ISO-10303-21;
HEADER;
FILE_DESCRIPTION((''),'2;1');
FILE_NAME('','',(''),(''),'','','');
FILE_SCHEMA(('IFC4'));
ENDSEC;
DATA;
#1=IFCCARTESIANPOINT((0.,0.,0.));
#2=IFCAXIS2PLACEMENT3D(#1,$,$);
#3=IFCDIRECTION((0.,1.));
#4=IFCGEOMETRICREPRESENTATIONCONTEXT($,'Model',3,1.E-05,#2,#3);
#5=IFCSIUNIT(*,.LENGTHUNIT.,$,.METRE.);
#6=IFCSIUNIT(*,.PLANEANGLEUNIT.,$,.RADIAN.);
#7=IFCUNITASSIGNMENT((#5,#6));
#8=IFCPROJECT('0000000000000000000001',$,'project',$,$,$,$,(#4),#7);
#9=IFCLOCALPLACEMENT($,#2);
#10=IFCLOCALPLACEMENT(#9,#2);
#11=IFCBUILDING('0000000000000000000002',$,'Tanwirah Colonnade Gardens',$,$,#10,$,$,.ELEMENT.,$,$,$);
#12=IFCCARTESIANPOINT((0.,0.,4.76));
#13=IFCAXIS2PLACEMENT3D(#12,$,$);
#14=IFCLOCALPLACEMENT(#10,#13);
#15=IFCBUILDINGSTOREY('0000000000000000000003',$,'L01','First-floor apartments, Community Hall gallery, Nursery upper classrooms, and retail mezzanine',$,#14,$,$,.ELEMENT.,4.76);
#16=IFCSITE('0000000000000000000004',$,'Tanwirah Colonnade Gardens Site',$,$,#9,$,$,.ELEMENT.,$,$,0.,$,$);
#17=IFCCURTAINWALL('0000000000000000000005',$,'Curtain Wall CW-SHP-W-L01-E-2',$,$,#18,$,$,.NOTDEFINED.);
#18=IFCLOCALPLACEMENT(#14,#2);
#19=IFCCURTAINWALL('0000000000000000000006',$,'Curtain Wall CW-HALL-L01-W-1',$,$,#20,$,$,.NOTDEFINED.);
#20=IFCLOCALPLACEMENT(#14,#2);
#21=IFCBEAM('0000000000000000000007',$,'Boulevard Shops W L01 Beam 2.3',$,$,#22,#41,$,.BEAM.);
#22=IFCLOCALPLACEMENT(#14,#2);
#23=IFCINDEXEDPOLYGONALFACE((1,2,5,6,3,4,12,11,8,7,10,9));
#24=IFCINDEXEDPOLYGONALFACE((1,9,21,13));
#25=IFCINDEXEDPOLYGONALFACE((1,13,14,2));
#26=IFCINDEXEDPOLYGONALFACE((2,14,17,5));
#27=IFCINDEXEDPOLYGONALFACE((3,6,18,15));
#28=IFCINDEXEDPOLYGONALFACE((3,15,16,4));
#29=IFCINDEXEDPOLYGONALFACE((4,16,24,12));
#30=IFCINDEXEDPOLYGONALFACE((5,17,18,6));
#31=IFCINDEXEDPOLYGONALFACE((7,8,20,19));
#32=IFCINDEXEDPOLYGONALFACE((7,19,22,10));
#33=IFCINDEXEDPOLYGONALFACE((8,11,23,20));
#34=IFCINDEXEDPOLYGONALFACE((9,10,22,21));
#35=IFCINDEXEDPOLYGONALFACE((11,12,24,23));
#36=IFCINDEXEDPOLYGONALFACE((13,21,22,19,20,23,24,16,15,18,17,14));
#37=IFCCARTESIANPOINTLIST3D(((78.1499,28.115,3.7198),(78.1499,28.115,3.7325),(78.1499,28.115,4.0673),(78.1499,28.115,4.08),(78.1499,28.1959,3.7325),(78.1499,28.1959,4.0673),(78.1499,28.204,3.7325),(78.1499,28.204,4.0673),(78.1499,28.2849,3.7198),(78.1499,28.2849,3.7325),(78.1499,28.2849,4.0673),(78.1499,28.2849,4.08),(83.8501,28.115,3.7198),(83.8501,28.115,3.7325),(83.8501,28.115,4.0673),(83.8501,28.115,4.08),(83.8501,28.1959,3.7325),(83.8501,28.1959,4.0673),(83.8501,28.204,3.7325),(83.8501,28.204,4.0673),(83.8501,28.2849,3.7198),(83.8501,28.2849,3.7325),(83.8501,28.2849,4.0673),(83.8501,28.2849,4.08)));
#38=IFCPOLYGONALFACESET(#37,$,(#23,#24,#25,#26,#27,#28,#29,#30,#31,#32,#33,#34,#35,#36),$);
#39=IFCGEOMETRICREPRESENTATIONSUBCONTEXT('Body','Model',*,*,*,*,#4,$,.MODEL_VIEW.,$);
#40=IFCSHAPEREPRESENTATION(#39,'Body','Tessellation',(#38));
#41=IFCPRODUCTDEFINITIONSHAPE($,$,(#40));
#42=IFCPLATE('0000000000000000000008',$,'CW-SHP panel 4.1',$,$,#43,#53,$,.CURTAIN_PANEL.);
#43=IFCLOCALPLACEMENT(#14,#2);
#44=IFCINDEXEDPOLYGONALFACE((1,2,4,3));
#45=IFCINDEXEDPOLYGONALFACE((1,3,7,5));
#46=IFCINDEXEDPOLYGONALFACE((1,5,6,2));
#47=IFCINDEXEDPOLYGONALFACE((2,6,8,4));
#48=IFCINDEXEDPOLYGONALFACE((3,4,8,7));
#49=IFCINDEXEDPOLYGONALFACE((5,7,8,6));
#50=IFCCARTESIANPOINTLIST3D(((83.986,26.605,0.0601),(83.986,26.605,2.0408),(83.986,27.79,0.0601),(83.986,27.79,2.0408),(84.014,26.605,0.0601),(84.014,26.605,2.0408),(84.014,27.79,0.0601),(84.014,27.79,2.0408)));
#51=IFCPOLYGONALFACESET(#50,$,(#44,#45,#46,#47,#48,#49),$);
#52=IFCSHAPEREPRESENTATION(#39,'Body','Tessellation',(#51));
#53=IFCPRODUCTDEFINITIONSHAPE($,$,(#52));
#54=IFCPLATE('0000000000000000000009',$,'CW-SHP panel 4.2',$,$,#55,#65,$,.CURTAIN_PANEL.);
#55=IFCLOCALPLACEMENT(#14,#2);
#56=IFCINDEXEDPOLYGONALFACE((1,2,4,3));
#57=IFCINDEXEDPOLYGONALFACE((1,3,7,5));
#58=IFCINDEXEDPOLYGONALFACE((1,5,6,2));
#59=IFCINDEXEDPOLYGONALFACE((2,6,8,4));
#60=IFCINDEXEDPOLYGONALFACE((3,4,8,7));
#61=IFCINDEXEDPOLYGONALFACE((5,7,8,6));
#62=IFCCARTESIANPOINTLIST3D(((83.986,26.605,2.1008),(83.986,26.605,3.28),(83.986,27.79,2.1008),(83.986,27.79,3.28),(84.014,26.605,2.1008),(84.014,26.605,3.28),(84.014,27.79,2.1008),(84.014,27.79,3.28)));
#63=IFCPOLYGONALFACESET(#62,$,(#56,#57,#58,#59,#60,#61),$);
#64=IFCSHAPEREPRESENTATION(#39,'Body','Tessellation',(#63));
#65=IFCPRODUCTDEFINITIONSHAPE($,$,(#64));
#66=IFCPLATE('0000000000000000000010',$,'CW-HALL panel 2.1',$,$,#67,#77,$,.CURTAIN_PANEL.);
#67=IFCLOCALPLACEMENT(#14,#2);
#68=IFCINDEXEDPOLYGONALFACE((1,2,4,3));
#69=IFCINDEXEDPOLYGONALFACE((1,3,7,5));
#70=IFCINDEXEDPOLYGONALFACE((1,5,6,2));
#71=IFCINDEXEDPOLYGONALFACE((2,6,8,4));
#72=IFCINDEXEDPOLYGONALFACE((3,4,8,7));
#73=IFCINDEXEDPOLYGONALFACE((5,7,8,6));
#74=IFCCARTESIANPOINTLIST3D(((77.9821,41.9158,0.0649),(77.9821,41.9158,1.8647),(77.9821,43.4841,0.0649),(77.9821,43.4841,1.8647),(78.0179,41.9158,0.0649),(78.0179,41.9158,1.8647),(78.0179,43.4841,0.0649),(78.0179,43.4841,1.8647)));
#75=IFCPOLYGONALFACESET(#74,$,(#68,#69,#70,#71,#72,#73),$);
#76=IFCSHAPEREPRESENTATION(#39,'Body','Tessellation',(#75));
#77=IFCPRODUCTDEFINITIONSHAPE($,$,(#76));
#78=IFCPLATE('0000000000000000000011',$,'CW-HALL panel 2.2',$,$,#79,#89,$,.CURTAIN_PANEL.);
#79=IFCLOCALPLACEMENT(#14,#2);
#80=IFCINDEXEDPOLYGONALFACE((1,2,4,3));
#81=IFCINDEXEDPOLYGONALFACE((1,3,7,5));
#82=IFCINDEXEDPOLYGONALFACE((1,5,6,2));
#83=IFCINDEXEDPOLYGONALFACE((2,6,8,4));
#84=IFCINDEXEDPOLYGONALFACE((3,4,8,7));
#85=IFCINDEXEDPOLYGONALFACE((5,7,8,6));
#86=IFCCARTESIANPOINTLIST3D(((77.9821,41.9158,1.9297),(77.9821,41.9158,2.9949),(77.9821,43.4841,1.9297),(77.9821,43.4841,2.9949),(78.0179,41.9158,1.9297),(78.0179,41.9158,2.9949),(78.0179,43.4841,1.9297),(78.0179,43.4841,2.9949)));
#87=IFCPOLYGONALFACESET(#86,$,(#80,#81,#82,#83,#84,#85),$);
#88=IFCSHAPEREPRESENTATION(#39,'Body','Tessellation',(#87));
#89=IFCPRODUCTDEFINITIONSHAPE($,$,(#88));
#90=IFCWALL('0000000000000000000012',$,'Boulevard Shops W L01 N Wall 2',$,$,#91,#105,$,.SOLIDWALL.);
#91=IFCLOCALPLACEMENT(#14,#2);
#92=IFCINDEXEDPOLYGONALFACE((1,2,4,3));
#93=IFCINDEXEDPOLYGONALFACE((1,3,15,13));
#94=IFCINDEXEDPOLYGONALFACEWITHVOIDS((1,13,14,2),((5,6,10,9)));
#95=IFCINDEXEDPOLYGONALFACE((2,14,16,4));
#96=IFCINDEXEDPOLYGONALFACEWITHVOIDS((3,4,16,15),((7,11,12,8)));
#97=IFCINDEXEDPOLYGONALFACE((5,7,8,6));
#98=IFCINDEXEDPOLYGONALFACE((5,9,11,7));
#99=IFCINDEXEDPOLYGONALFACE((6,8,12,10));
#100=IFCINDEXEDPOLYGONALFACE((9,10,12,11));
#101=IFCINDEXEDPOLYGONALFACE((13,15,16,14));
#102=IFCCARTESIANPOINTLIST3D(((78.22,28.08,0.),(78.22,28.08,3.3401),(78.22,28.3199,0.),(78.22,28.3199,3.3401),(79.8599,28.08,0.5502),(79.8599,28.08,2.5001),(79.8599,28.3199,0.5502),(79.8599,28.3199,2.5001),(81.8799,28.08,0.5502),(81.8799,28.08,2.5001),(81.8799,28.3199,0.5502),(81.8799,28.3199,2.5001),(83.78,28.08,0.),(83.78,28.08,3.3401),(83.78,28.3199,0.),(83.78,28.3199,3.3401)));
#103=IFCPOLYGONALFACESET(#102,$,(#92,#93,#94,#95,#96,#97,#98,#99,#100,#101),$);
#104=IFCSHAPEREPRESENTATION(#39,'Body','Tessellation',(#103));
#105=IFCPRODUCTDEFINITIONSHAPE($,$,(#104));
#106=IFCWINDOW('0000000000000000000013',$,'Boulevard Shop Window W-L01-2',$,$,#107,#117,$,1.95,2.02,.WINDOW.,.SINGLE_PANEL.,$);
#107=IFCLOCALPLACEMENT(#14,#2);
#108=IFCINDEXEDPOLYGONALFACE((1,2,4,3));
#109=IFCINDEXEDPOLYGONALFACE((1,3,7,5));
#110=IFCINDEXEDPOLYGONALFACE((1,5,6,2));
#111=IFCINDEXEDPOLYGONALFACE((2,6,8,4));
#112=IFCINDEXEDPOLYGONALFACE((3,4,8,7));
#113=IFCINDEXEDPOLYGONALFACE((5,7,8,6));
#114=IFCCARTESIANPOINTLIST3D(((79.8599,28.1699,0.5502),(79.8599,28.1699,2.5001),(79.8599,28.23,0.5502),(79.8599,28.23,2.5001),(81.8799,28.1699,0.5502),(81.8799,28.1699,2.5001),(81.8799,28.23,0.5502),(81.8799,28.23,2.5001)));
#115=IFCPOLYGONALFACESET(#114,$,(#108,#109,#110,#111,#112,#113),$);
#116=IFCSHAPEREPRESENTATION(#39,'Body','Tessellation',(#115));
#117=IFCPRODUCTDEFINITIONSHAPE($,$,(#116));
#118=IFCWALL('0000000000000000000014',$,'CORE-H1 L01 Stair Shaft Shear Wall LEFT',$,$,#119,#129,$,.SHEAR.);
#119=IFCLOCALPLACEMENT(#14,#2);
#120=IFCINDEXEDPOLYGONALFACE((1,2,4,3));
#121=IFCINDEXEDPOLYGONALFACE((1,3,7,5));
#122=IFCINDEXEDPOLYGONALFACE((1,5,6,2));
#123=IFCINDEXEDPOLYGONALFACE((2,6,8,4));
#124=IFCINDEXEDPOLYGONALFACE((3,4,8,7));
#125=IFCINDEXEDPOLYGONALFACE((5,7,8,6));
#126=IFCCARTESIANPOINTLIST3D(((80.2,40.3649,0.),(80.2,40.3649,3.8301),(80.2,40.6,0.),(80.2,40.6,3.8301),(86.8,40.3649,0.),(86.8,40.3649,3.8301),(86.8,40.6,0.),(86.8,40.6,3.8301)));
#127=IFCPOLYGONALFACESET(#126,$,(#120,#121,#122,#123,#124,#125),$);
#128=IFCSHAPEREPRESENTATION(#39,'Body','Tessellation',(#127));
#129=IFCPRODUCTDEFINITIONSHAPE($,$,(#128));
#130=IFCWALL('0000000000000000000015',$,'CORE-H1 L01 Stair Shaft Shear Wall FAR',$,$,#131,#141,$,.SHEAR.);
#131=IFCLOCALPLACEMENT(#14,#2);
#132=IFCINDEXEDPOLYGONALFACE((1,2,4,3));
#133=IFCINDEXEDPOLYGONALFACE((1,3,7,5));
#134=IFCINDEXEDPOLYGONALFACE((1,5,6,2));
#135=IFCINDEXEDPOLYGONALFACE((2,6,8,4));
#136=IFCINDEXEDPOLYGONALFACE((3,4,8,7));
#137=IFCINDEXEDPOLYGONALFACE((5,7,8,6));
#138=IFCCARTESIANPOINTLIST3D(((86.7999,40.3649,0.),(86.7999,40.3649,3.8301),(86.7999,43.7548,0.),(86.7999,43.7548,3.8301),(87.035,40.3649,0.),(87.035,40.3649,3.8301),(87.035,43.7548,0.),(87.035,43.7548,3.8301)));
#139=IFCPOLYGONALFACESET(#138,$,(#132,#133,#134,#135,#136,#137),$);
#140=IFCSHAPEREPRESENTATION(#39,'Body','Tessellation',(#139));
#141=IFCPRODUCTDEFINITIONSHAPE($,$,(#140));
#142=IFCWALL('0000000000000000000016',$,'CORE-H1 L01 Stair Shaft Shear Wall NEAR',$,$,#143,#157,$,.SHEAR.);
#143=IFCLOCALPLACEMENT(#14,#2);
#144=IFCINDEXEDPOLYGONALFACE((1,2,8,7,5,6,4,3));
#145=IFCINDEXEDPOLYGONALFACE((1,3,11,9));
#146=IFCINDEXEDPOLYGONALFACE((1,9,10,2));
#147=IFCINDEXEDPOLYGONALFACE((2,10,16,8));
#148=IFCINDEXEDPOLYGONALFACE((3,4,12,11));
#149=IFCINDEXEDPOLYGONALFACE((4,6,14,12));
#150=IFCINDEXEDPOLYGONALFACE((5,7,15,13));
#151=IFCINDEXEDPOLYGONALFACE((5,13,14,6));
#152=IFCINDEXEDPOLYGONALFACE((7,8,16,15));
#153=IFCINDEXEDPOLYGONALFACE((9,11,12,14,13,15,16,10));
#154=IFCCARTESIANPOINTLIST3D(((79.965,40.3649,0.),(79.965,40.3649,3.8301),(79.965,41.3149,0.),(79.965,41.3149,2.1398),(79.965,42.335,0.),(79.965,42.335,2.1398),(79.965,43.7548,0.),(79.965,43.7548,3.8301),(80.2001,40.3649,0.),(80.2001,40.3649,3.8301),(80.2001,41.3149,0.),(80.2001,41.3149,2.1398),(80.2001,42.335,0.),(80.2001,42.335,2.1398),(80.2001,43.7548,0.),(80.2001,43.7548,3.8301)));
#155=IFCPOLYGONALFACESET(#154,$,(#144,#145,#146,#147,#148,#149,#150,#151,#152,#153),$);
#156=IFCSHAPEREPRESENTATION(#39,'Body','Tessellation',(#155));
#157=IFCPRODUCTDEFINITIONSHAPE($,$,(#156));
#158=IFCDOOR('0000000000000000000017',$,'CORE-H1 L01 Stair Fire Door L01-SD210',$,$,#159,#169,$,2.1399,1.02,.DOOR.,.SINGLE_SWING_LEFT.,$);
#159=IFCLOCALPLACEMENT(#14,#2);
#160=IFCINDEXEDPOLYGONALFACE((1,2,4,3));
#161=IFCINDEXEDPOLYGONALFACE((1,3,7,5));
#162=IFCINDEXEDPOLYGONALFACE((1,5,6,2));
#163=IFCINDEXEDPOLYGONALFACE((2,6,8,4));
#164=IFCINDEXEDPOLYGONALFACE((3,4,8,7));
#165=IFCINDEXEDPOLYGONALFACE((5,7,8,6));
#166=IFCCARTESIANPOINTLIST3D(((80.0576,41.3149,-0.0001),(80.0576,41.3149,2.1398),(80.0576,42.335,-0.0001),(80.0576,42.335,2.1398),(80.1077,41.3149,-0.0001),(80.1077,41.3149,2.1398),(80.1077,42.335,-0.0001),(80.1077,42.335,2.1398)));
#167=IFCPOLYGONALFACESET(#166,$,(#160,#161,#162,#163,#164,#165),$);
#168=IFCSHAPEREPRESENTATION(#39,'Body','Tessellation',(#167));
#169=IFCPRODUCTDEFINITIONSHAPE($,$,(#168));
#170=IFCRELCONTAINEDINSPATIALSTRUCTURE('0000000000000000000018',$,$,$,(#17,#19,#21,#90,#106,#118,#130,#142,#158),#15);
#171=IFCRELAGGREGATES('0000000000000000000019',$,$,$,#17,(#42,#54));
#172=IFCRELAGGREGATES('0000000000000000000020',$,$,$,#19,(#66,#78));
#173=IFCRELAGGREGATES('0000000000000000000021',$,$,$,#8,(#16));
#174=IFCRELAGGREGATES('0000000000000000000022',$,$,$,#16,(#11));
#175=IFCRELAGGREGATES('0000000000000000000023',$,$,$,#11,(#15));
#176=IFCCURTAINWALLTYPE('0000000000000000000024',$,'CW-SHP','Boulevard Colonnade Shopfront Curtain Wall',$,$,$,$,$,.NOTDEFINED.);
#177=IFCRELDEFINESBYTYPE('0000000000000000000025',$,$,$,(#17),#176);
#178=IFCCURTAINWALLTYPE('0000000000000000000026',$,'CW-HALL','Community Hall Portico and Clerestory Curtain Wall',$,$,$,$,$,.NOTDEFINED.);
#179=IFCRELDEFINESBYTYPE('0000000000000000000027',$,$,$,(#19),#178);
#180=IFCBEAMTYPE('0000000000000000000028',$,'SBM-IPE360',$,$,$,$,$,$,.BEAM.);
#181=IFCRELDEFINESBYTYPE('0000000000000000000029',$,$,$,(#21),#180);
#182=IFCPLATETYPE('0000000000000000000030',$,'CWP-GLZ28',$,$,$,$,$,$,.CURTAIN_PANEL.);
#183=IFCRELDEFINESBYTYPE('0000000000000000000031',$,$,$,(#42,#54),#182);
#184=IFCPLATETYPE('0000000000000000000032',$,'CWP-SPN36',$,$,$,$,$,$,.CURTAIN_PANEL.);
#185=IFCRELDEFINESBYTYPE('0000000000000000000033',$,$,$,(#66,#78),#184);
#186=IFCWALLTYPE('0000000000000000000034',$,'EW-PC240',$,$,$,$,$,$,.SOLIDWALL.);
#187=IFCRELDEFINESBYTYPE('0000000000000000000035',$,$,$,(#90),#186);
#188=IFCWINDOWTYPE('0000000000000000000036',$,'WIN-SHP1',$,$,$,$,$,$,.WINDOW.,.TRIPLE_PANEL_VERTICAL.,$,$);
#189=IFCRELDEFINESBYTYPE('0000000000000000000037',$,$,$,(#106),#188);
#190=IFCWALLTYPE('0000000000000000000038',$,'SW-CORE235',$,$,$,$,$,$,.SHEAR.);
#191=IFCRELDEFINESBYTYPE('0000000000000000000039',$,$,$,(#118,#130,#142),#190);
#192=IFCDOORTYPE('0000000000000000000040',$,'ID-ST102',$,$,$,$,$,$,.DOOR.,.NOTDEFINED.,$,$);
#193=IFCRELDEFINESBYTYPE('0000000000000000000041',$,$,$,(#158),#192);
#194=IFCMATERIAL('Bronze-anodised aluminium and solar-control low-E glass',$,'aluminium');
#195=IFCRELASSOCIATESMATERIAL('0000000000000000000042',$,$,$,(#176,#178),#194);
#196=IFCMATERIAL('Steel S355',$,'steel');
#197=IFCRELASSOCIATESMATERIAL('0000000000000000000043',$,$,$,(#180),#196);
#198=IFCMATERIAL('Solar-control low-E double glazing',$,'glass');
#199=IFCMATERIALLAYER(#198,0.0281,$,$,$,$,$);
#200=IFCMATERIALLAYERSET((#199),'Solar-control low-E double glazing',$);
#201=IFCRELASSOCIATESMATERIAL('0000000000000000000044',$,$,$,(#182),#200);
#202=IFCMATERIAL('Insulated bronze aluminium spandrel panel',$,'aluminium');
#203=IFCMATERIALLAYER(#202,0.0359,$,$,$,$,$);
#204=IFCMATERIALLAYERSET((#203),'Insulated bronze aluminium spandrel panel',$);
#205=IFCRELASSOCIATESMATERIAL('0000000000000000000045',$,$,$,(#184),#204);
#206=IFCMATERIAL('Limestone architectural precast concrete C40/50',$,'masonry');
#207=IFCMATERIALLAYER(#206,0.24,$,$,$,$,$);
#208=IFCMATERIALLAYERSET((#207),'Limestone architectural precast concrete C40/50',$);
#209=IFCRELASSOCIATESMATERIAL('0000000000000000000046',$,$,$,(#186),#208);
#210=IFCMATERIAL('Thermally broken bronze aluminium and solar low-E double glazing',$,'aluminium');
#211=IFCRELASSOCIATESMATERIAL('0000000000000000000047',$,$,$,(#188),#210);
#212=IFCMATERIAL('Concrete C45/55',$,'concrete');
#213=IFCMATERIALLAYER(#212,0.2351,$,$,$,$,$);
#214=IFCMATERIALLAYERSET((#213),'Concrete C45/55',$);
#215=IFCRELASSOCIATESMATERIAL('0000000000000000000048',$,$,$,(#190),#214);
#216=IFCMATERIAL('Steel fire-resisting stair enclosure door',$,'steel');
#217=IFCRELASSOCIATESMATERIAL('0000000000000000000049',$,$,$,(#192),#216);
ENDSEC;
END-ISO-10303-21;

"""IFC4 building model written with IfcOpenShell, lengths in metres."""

from ifc_helpers import new_model, si_unit, direction, frame, frame_2d, origin, origin_2d, place, context, subcontext, project, spatial, rectangle, i_section, extrude, material, layer, layer_set, material_profile, profile_set, type_object, element, fill, aggregate, save


model = new_model("IFC4")

# Units and contexts
model_context = context("Model", 3, precision=1e-05, world=origin(), true_north=direction((0.0, 1.0)))
body_context = subcontext(model_context, "Body", "Model", "MODEL_VIEW")
ifc_project = project(units=[si_unit("LENGTHUNIT", "METRE"), si_unit("PLANEANGLEUNIT", "RADIAN")], contexts=[model_context])

# Site, building, storey
site_placement = place(None, origin())
site = spatial("IfcSite", under=ifc_project, at=site_placement, Name="Tanwirah Colonnade Gardens Site", CompositionType="ELEMENT", RefElevation=0.0)
building_placement = place(site_placement, origin())
building = spatial("IfcBuilding", under=site, at=building_placement, Name="Tanwirah Colonnade Gardens", CompositionType="ELEMENT")
storey_placement = place(building_placement, frame((0.0, 0.0, 4.76)))
storey = spatial("IfcBuildingStorey", under=building, at=storey_placement, Name="L01", Description="First-floor apartments, Community Hall gallery, Nursery upper classrooms, and retail mezzanine", CompositionType="ELEMENT", Elevation=4.76)

# Shared definitions
ifc_material_1 = material(Name="Steel S355", Category="steel")

# Curtain walls
ifc_material_2 = material(Name="Bronze-anodised aluminium and solar-control low-E glass", Category="aluminium")
curtain_wall_type_1 = type_object("IfcCurtainWallType", Name="CW-SHP", Description="Boulevard Colonnade Shopfront Curtain Wall", PredefinedType="NOTDEFINED", material=ifc_material_2)
curtain_wall_1_placement = place(storey_placement, origin())
curtain_wall_1 = element("IfcCurtainWall", 1, at=curtain_wall_1_placement, inside=storey, type_object=curtain_wall_type_1, Name="Curtain Wall CW-SHP-W-L01-E-2", PredefinedType="NOTDEFINED")
curtain_wall_type_2 = type_object("IfcCurtainWallType", Name="CW-HALL", Description="Community Hall Portico and Clerestory Curtain Wall", PredefinedType="NOTDEFINED", material=ifc_material_2)
curtain_wall_2_placement = place(storey_placement, origin())
curtain_wall_2 = element("IfcCurtainWall", 2, at=curtain_wall_2_placement, inside=storey, type_object=curtain_wall_type_2, Name="Curtain Wall CW-HALL-L01-W-1", PredefinedType="NOTDEFINED")

# Beam
ifc_material_profile_1 = material_profile(ifc_material_1, i_section(OverallWidth=0.1699, OverallDepth=0.3601, WebThickness=0.0081, FlangeThickness=0.0127, at=origin_2d()), Name="IPE 360")
ifc_profile_set_1 = profile_set([ifc_material_profile_1], Name="Steel S355")
beam_type = type_object("IfcBeamType", Name="SBM-IPE360", PredefinedType="BEAM", material=ifc_profile_set_1)
beam_placement = place(storey_placement, frame((78.1499, 28.2, 3.8999), z_axis=(1.0, 0.0, 0.0), x_axis=(0.0, 1.0, 0.0)))
element("IfcBeam", 3, at=beam_placement, inside=storey, type_object=beam_type, Name="Boulevard Shops W L01 Beam 2.3", PredefinedType="BEAM", context=body_context, shape_type="SweptSolid", body=[
    extrude(i_section(OverallWidth=0.1699, OverallDepth=0.3601, WebThickness=0.0081, FlangeThickness=0.0127, at=origin_2d()), origin(), (0.0, 0.0, 1.0), 5.7002),
])

# Plates
ifc_material_3 = material(Name="Solar-control low-E double glazing", Category="glass")
ifc_layer_1 = layer(ifc_material_3, 0.0281)
ifc_layer_set_1 = layer_set([ifc_layer_1], Name="Solar-control low-E double glazing")
plate_type_1 = type_object("IfcPlateType", Name="CWP-GLZ28", PredefinedType="CURTAIN_PANEL", material=ifc_layer_set_1)
plate_1_placement = place(storey_placement, frame((84.0, 27.1975, 0.0601), z_axis=(0.0, 0.0, 1.0), x_axis=(0.0, 1.0, 0.0)))
plate_1 = element("IfcPlate", 4, at=plate_1_placement, type_object=plate_type_1, Name="CW-SHP panel 4.1", PredefinedType="CURTAIN_PANEL", context=body_context, shape_type="SweptSolid", body=[
    extrude(rectangle(XDim=1.1851, YDim=0.0281, at=origin_2d()), origin(), (0.0, 0.0, 1.0), 1.9807),
])
plate_2_placement = place(storey_placement, frame((84.0, 27.1975, 2.1008), z_axis=(0.0, 0.0, 1.0), x_axis=(0.0, 1.0, 0.0)))
plate_2 = element("IfcPlate", 5, at=plate_2_placement, type_object=plate_type_1, Name="CW-SHP panel 4.2", PredefinedType="CURTAIN_PANEL", context=body_context, shape_type="SweptSolid", body=[
    extrude(rectangle(XDim=1.1851, YDim=0.0281, at=origin_2d()), origin(), (0.0, 0.0, 1.0), 1.1792),
])
aggregate(curtain_wall_1, [plate_1, plate_2])
ifc_material_4 = material(Name="Insulated bronze aluminium spandrel panel", Category="aluminium")
ifc_layer_2 = layer(ifc_material_4, 0.0359)
ifc_layer_set_2 = layer_set([ifc_layer_2], Name="Insulated bronze aluminium spandrel panel")
plate_type_2 = type_object("IfcPlateType", Name="CWP-SPN36", PredefinedType="CURTAIN_PANEL", material=ifc_layer_set_2)
plate_3_placement = place(storey_placement, frame((78.0, 42.7, 0.0649), z_axis=(0.0, 0.0, 1.0), x_axis=(0.0, 1.0, 0.0)))
plate_3 = element("IfcPlate", 6, at=plate_3_placement, type_object=plate_type_2, Name="CW-HALL panel 2.1", PredefinedType="CURTAIN_PANEL", context=body_context, shape_type="SweptSolid", body=[
    extrude(rectangle(XDim=1.5684, YDim=0.0359, at=origin_2d()), origin(), (0.0, 0.0, 1.0), 1.7998),
])
plate_4_placement = place(storey_placement, frame((78.0, 42.7, 1.9297), z_axis=(0.0, 0.0, 1.0), x_axis=(0.0, 1.0, 0.0)))
plate_4 = element("IfcPlate", 7, at=plate_4_placement, type_object=plate_type_2, Name="CW-HALL panel 2.2", PredefinedType="CURTAIN_PANEL", context=body_context, shape_type="SweptSolid", body=[
    extrude(rectangle(XDim=1.5684, YDim=0.0359, at=origin_2d()), origin(), (0.0, 0.0, 1.0), 1.0652),
])
aggregate(curtain_wall_2, [plate_3, plate_4])

# Wall, opening, window
ifc_material_5 = material(Name="Limestone architectural precast concrete C40/50", Category="masonry")
ifc_layer_3 = layer(ifc_material_5, 0.24)
ifc_layer_set_3 = layer_set([ifc_layer_3], Name="Limestone architectural precast concrete C40/50")
wall_type_1 = type_object("IfcWallType", Name="EW-PC240", PredefinedType="SOLIDWALL", material=ifc_layer_set_3)
wall_1_placement = place(storey_placement, frame((78.22, 28.2, 0.0), z_axis=(0.0, 0.0, 1.0), x_axis=(1.0, 0.0, 0.0)))
wall_1 = element("IfcWall", 8, at=wall_1_placement, inside=storey, type_object=wall_type_1, Name="Boulevard Shops W L01 N Wall 2", PredefinedType="SOLIDWALL", context=body_context, shape_type="SweptSolid", body=[
    extrude(rectangle(XDim=5.5601, YDim=0.24, at=frame_2d((2.78, 0.0))), origin(), (0.0, 0.0, 1.0), 3.3401),
])
opening_1_placement = place(wall_1_placement, frame((1.6399, 0.0, 0.55)))
opening_1 = element("IfcOpeningElement", 9, at=opening_1_placement, cuts=wall_1, PredefinedType="OPENING", context=body_context, shape_type="SweptSolid", body=[
    extrude(rectangle(XDim=2.02, YDim=1.95, at=frame_2d((1.01, 0.9751))), frame((0.0, 0.1299, 0.0), z_axis=(0.0, -1.0, 0.0), x_axis=(1.0, 0.0, 0.0)), (0.0, 0.0, 1.0), 0.26),
])
ifc_material_6 = material(Name="Thermally broken bronze aluminium and solar low-E double glazing", Category="aluminium")
window_type = type_object("IfcWindowType", Name="WIN-SHP1", PartitioningType="TRIPLE_PANEL_VERTICAL", PredefinedType="WINDOW", material=ifc_material_6)
window_placement = place(opening_1_placement, origin())
window = element("IfcWindow", 10, at=window_placement, inside=storey, type_object=window_type, Name="Boulevard Shop Window W-L01-2", OverallHeight=1.95, OverallWidth=2.02, PartitioningType="SINGLE_PANEL", PredefinedType="WINDOW", context=body_context, shape_type="SweptSolid", body=[
    extrude(rectangle(XDim=2.02, YDim=1.95, at=frame_2d((1.01, 0.9751))), frame((0.0, 0.03, 0.0), z_axis=(0.0, -1.0, 0.0), x_axis=(1.0, 0.0, 0.0)), (0.0, 0.0, 1.0), 0.0601),
])
fill(opening_1, window)

# Walls
ifc_material_7 = material(Name="Concrete C45/55", Category="concrete")
ifc_layer_4 = layer(ifc_material_7, 0.2351)
ifc_layer_set_4 = layer_set([ifc_layer_4], Name="Concrete C45/55")
wall_type_2 = type_object("IfcWallType", Name="SW-CORE235", PredefinedType="SHEAR", material=ifc_layer_set_4)
wall_2_placement = place(storey_placement, frame((80.2, 40.4824, 0.0), z_axis=(0.0, 0.0, 1.0), x_axis=(1.0, 0.0, 0.0)))
element("IfcWall", 11, at=wall_2_placement, inside=storey, type_object=wall_type_2, Name="CORE-H1 L01 Stair Shaft Shear Wall LEFT", PredefinedType="SHEAR", context=body_context, shape_type="SweptSolid", body=[
    extrude(rectangle(XDim=6.6001, YDim=0.2351, at=frame_2d((3.3, 0.0))), origin(), (0.0, 0.0, 1.0), 3.8301),
])
wall_3_placement = place(storey_placement, frame((86.9175, 40.365, 0.0), z_axis=(0.0, 0.0, 1.0), x_axis=(0.0, 1.0, 0.0)))
element("IfcWall", 12, at=wall_3_placement, inside=storey, type_object=wall_type_2, Name="CORE-H1 L01 Stair Shaft Shear Wall FAR", PredefinedType="SHEAR", context=body_context, shape_type="SweptSolid", body=[
    extrude(rectangle(XDim=3.3899, YDim=0.2351, at=frame_2d((1.6948, 0.0))), origin(), (0.0, 0.0, 1.0), 3.8301),
])

# Wall, opening, door
wall_4_placement = place(storey_placement, frame((80.0825, 40.365, 0.0), z_axis=(0.0, 0.0, 1.0), x_axis=(0.0, 1.0, 0.0)))
wall_4 = element("IfcWall", 13, at=wall_4_placement, inside=storey, type_object=wall_type_2, Name="CORE-H1 L01 Stair Shaft Shear Wall NEAR", PredefinedType="SHEAR", context=body_context, shape_type="SweptSolid", body=[
    extrude(rectangle(XDim=3.3899, YDim=0.2351, at=frame_2d((1.6948, 0.0))), origin(), (0.0, 0.0, 1.0), 3.8301),
])
opening_2_placement = place(wall_4_placement, frame((0.95, 0.0, 0.0)))
opening_2 = element("IfcOpeningElement", 14, at=opening_2_placement, cuts=wall_4, PredefinedType="OPENING", context=body_context, shape_type="SweptSolid", body=[
    extrude(rectangle(XDim=1.02, YDim=2.1399, at=frame_2d((0.51, 1.0698))), frame((0.0, 0.1274, 0.0), z_axis=(0.0, -1.0, 0.0), x_axis=(1.0, 0.0, 0.0)), (0.0, 0.0, 1.0), 0.2551),
])
ifc_material_8 = material(Name="Steel fire-resisting stair enclosure door", Category="steel")
door_type = type_object("IfcDoorType", Name="ID-ST102", OperationType="NOTDEFINED", PredefinedType="DOOR", material=ifc_material_8)
door_placement = place(opening_2_placement, origin())
door = element("IfcDoor", 15, at=door_placement, inside=storey, type_object=door_type, Name="CORE-H1 L01 Stair Fire Door L01-SD210", OperationType="SINGLE_SWING_LEFT", OverallHeight=2.1399, OverallWidth=1.02, PredefinedType="DOOR", context=body_context, shape_type="SweptSolid", body=[
    extrude(rectangle(XDim=1.02, YDim=2.1399, at=frame_2d((0.51, 1.0698))), frame((0.0, 0.0249, 0.0), z_axis=(0.0, -1.0, 0.0), x_axis=(1.0, 0.0, 0.0)), (0.0, 0.0, 1.0), 0.05),
])
fill(opening_2, door)

save(model, "model.ifc")
